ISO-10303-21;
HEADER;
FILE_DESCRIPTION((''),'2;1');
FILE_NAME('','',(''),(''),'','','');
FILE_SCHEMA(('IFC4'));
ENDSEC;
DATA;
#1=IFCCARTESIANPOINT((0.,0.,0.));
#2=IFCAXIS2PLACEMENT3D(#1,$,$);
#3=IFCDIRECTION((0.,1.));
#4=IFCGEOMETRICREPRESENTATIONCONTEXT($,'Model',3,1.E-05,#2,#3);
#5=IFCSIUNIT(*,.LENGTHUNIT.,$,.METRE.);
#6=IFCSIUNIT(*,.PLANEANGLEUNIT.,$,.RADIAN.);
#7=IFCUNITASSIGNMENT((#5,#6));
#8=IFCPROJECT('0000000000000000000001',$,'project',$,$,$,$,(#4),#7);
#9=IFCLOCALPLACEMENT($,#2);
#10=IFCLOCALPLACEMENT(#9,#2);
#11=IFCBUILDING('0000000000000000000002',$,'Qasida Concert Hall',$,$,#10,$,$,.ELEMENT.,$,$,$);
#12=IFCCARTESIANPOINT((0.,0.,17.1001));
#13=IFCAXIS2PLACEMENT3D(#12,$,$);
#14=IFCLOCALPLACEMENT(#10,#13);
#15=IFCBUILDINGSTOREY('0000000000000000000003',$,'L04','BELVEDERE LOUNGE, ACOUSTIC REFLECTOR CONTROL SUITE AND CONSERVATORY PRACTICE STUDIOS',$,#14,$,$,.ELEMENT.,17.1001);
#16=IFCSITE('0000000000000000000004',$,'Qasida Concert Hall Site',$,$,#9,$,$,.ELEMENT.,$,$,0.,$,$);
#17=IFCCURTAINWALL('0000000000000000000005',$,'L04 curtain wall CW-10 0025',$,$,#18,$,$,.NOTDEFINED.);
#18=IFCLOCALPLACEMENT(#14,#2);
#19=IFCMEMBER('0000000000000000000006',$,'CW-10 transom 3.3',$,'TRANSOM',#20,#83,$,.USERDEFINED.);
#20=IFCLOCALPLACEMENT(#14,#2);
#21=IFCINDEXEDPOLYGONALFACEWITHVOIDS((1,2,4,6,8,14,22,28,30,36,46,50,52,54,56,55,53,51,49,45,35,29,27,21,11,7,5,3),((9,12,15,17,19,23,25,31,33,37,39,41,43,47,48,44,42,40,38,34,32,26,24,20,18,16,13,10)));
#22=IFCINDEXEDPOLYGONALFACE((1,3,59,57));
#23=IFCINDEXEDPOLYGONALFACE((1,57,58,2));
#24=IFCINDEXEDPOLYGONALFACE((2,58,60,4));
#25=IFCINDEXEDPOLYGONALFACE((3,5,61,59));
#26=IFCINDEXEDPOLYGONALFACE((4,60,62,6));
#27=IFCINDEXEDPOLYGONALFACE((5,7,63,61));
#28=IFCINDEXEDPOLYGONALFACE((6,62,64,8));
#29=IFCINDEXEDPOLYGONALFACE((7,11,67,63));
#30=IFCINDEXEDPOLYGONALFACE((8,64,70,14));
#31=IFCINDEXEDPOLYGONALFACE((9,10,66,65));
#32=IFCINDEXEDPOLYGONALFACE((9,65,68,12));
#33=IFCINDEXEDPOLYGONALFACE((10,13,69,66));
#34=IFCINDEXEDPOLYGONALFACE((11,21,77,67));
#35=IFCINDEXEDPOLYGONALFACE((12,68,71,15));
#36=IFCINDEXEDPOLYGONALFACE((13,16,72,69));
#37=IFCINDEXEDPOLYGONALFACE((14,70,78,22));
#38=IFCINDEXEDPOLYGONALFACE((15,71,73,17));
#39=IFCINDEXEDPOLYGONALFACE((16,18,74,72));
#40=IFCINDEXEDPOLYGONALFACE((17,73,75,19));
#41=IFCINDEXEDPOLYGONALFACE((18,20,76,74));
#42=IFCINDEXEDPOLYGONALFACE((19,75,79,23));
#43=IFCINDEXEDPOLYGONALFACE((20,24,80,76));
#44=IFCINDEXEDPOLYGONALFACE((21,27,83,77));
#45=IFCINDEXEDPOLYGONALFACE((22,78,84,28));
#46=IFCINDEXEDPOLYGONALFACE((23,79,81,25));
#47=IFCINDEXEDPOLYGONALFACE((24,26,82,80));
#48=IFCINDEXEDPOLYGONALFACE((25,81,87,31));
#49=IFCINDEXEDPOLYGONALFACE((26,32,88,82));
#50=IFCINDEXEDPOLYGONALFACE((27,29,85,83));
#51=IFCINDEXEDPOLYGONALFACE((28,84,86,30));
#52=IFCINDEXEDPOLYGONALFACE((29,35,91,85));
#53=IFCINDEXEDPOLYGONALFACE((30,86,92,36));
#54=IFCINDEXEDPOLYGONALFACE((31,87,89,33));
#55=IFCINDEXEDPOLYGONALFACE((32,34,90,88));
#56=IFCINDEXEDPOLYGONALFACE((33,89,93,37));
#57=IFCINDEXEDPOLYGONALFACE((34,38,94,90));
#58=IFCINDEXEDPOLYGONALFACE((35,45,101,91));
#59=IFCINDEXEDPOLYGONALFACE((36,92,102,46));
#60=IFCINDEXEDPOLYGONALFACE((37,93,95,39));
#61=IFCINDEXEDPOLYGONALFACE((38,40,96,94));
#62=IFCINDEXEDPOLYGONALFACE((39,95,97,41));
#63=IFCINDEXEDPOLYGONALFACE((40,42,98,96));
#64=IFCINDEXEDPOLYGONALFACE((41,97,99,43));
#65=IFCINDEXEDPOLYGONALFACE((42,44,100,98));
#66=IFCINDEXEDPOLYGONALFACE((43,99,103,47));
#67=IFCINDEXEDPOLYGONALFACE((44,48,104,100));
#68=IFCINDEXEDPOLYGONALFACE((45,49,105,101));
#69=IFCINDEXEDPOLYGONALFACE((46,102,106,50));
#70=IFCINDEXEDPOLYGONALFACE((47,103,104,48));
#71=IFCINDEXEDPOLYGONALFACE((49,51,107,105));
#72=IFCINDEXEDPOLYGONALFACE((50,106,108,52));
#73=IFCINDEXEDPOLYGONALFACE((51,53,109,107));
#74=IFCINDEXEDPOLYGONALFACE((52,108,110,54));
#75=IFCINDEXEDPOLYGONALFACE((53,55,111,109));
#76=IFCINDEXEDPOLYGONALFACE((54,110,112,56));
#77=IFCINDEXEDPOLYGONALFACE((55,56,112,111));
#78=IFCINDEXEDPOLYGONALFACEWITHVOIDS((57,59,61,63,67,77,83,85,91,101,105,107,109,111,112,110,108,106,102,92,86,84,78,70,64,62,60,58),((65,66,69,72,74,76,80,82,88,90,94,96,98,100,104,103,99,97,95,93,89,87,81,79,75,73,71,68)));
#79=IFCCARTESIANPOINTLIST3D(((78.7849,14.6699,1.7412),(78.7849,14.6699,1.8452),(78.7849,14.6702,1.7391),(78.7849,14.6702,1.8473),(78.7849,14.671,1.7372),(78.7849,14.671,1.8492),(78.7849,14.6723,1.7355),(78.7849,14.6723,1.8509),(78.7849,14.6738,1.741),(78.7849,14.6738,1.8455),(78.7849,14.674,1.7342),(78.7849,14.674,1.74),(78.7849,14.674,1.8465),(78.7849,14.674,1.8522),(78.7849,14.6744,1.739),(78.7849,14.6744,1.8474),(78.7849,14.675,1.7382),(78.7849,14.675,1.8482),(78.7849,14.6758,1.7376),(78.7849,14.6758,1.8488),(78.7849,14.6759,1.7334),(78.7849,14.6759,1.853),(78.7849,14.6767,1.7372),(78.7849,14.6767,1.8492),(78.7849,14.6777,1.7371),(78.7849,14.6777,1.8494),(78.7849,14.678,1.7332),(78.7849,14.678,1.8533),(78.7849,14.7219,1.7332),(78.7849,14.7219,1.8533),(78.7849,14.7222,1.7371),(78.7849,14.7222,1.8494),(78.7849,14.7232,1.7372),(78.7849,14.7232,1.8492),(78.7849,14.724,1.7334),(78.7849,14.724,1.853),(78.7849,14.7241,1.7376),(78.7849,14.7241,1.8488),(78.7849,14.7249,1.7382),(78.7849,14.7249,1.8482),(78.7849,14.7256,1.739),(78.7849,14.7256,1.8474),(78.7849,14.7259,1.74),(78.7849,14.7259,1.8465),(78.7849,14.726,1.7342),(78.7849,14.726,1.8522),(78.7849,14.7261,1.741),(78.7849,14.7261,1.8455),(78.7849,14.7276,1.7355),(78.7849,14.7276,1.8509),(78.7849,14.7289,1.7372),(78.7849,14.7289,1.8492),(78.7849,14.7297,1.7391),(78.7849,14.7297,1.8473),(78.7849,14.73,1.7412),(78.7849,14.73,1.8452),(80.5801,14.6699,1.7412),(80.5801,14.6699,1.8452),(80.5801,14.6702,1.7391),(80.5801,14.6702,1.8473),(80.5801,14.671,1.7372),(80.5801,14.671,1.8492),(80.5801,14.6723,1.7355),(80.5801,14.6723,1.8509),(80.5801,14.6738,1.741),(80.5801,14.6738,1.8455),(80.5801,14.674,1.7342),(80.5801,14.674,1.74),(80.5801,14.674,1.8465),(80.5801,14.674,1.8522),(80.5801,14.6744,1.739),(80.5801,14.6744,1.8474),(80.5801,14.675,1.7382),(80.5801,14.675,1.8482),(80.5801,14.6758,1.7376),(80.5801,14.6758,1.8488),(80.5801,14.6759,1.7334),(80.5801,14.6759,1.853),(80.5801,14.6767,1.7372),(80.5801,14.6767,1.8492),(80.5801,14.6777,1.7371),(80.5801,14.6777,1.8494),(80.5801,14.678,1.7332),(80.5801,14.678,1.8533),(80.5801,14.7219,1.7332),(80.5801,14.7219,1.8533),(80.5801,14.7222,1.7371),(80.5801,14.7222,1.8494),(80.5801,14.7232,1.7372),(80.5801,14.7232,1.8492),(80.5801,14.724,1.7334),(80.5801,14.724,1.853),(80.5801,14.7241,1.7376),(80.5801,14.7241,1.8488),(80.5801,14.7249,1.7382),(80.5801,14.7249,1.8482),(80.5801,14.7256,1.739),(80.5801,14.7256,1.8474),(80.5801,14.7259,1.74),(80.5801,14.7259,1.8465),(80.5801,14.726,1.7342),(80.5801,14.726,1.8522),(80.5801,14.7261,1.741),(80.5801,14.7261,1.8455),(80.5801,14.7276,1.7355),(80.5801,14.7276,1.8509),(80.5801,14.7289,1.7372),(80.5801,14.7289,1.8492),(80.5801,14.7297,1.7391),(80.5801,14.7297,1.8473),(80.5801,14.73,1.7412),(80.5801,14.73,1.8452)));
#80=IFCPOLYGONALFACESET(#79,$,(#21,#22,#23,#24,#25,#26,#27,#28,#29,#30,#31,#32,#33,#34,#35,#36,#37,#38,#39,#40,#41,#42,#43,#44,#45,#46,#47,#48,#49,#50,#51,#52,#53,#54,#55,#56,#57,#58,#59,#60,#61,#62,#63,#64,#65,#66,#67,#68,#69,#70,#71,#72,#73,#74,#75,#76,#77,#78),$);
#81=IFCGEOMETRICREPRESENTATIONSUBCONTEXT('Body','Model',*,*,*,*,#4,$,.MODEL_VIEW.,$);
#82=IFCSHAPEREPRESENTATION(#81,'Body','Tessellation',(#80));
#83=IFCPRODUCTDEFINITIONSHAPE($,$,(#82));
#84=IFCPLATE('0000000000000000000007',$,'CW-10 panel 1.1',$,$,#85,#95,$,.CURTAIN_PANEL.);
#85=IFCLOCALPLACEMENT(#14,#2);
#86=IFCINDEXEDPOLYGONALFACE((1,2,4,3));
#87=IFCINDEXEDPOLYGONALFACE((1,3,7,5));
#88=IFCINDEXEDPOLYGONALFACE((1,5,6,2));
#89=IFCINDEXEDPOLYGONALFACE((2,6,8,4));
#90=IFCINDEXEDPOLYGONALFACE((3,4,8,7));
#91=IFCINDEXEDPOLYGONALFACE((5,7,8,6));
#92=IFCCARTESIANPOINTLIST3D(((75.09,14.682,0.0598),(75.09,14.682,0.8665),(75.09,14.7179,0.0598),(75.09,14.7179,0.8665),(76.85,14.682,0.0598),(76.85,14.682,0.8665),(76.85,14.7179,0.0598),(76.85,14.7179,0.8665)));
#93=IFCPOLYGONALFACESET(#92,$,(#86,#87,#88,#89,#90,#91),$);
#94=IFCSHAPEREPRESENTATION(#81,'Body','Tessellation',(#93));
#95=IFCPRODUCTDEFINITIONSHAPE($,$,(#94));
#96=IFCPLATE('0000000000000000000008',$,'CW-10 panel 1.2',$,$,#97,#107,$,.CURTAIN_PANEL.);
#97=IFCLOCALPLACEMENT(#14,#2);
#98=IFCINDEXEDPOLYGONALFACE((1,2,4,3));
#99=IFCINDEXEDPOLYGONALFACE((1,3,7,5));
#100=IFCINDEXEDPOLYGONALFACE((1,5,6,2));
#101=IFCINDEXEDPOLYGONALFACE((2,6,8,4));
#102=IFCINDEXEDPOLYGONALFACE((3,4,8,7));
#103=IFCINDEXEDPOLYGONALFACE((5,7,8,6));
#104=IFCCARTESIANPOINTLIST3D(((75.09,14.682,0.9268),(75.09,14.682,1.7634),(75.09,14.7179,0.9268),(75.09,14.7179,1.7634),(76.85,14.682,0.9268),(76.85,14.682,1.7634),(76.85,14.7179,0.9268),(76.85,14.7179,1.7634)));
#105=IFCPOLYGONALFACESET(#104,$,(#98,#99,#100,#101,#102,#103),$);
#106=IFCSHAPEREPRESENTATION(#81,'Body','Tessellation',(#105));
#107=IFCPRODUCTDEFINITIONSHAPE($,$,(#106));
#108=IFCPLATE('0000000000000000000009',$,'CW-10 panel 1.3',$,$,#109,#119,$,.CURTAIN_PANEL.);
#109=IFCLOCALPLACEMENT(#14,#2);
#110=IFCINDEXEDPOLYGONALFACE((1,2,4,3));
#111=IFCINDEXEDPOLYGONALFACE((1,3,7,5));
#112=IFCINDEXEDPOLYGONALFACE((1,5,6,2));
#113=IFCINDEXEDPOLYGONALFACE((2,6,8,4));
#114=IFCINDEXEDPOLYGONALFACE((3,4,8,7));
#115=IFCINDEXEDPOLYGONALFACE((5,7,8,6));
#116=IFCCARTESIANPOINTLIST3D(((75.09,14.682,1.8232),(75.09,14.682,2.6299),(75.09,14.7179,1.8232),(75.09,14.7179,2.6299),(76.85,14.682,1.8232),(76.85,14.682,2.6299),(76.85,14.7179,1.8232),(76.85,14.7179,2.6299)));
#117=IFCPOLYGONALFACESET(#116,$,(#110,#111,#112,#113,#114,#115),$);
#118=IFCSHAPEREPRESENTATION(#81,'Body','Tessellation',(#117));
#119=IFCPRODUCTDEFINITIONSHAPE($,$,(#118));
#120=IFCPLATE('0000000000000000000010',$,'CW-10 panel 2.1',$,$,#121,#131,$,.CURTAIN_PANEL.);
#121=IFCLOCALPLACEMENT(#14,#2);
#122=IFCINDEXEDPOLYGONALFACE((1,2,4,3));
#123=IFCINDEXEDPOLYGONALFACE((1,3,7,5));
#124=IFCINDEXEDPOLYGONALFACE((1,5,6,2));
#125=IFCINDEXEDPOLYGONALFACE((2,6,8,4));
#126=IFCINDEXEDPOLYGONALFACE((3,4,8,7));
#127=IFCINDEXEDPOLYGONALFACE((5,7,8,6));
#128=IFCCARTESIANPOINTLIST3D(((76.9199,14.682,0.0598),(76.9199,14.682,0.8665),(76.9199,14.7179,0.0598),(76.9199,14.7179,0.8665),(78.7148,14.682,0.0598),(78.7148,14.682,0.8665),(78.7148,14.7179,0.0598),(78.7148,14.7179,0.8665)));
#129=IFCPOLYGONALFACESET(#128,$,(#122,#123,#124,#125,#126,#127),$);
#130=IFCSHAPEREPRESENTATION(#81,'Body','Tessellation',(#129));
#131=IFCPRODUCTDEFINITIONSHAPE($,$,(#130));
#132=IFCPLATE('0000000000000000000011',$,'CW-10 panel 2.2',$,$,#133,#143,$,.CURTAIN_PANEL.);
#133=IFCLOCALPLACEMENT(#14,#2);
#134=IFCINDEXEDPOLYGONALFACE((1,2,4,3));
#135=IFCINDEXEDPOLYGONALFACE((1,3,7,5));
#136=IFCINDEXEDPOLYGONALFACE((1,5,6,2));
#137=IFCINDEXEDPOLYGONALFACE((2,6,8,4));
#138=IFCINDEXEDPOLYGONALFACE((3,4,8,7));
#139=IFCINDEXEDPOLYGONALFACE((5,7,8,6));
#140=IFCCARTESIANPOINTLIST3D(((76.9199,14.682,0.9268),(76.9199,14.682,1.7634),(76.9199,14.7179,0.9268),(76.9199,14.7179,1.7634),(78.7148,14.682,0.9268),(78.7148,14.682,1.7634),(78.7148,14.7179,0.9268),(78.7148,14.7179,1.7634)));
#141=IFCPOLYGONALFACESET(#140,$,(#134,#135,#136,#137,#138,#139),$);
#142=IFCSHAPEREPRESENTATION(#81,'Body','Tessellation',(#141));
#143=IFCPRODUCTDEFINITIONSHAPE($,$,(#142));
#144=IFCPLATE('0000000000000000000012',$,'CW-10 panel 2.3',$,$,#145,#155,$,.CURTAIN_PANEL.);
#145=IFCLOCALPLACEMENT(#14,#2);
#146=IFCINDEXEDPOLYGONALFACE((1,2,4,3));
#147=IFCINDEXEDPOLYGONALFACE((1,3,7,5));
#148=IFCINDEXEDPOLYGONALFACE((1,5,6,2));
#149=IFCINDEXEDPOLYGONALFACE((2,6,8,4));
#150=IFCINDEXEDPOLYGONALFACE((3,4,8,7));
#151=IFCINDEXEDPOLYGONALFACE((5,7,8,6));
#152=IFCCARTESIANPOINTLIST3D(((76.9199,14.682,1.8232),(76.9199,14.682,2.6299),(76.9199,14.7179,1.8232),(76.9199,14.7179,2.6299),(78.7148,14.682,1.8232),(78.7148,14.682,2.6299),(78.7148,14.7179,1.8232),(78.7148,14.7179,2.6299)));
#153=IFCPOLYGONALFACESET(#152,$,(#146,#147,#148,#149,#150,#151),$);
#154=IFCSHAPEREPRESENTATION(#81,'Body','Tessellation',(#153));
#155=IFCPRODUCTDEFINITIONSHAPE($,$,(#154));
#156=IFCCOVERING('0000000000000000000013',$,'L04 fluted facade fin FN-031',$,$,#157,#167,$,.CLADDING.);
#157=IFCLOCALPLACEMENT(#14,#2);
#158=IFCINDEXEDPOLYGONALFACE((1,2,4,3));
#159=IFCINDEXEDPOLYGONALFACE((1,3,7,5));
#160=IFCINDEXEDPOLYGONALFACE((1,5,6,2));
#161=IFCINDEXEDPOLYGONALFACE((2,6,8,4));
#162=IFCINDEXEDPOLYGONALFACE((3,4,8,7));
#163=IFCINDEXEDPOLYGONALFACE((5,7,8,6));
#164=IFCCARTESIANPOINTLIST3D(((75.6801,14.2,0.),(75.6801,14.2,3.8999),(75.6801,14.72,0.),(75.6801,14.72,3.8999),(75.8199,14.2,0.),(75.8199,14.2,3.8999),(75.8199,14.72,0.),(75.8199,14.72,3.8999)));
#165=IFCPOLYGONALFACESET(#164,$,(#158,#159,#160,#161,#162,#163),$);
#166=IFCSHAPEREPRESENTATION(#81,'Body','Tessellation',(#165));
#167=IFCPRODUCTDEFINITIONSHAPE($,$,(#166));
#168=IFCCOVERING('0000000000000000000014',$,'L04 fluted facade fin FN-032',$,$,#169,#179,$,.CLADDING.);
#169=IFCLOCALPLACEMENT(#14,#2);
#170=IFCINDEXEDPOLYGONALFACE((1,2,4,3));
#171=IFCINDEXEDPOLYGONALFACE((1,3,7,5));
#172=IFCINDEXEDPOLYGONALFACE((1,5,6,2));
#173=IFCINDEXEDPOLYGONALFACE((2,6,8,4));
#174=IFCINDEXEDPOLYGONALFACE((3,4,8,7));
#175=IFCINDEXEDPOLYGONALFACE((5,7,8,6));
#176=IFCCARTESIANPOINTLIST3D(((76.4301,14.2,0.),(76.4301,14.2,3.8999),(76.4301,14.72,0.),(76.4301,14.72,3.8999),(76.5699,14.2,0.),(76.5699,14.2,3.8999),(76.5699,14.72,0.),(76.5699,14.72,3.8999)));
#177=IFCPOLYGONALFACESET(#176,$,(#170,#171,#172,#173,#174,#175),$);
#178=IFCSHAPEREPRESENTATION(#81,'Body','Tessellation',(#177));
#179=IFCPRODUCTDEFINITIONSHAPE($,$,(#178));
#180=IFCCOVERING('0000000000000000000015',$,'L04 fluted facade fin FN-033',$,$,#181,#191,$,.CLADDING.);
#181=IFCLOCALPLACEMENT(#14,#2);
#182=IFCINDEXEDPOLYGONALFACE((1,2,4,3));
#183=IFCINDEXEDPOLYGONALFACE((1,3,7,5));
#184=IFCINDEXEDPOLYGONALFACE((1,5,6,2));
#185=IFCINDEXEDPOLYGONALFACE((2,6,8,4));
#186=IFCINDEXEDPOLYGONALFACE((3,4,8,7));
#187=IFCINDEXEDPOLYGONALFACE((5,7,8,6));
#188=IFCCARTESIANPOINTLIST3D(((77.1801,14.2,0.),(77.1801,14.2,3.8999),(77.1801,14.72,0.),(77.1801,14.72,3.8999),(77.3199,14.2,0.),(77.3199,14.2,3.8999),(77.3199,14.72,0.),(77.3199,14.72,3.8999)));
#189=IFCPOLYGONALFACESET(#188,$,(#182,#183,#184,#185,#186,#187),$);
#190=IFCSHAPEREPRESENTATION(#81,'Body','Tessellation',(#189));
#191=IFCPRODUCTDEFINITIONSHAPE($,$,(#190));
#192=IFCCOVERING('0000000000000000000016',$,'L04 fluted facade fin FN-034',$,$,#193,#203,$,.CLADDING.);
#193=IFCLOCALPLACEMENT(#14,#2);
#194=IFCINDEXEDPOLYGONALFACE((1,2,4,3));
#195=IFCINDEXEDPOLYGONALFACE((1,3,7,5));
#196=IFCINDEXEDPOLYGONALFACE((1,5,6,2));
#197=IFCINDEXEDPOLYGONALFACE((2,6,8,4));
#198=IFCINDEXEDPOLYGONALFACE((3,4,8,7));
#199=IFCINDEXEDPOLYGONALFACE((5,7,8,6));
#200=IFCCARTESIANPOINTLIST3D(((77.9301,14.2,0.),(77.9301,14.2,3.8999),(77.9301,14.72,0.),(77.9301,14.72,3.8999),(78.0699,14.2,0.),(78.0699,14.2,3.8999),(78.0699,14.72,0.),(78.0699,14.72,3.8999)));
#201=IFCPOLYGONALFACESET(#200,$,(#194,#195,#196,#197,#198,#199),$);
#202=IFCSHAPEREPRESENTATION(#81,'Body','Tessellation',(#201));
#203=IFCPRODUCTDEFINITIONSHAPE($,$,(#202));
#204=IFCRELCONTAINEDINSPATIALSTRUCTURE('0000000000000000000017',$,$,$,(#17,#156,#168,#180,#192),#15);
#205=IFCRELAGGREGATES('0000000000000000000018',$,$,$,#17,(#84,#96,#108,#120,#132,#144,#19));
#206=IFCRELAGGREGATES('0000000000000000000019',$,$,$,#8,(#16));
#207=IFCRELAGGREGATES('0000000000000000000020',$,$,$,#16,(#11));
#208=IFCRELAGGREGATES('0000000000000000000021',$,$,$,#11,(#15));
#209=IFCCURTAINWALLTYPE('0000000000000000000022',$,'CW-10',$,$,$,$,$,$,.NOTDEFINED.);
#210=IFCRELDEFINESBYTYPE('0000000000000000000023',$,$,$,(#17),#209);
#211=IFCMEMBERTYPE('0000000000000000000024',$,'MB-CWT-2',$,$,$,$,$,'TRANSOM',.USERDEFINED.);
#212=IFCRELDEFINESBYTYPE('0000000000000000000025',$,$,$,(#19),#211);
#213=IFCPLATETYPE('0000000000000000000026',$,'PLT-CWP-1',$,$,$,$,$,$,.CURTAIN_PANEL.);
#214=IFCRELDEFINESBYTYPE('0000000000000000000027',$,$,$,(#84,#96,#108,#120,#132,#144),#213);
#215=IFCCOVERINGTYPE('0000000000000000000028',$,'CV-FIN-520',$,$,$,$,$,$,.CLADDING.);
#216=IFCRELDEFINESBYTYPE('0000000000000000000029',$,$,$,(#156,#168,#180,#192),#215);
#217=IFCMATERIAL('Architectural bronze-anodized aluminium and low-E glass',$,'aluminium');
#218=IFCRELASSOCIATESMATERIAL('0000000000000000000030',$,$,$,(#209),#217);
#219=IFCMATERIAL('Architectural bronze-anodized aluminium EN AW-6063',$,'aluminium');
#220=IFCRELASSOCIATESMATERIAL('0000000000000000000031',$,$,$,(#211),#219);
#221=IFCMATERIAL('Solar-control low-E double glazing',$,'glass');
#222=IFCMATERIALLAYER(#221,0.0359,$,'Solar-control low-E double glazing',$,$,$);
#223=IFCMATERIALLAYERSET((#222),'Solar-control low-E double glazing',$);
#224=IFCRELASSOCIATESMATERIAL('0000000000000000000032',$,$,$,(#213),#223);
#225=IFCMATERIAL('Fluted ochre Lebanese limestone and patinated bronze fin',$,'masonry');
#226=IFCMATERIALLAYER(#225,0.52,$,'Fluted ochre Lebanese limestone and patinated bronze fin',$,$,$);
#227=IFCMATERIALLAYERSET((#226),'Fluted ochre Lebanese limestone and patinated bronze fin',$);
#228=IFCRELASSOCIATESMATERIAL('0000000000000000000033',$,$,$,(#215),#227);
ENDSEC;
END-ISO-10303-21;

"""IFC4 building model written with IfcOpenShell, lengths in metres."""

from ifc_helpers import new_model, si_unit, direction, frame, origin, origin_2d, place, context, subcontext, project, spatial, rectangle, hollow_rectangle, extrude, material, layer, layer_set, material_profile, profile_set, type_object, element, aggregate, save


model = new_model("IFC4")

# Units and contexts
model_context = context("Model", 3, precision=1e-05, world=origin(), true_north=direction((0.0, 1.0)))
body_context = subcontext(model_context, "Body", "Model", "MODEL_VIEW")
ifc_project = project(units=[si_unit("LENGTHUNIT", "METRE"), si_unit("PLANEANGLEUNIT", "RADIAN")], contexts=[model_context])

# Site, building, storey
site_placement = place(None, origin())
site = spatial("IfcSite", under=ifc_project, at=site_placement, Name="Qasida Concert Hall Site", CompositionType="ELEMENT", RefElevation=0.0)
building_placement = place(site_placement, origin())
building = spatial("IfcBuilding", under=site, at=building_placement, Name="Qasida Concert Hall", CompositionType="ELEMENT")
storey_placement = place(building_placement, frame((0.0, 0.0, 17.1001)))
storey = spatial("IfcBuildingStorey", under=building, at=storey_placement, Name="L04", Description="BELVEDERE LOUNGE, ACOUSTIC REFLECTOR CONTROL SUITE AND CONSERVATORY PRACTICE STUDIOS", CompositionType="ELEMENT", Elevation=17.1001)

# Curtain wall, member, plates
ifc_material_1 = material(Name="Architectural bronze-anodized aluminium and low-E glass", Category="aluminium")
curtain_wall_type = type_object("IfcCurtainWallType", Name="CW-10", PredefinedType="NOTDEFINED", material=ifc_material_1)
curtain_wall_placement = place(storey_placement, origin())
curtain_wall = element("IfcCurtainWall", 1, at=curtain_wall_placement, inside=storey, type_object=curtain_wall_type, Name="L04 curtain wall CW-10 0025", PredefinedType="NOTDEFINED")
ifc_material_2 = material(Name="Architectural bronze-anodized aluminium EN AW-6063", Category="aluminium")
ifc_material_profile_1 = material_profile(ifc_material_2, hollow_rectangle(XDim=0.0601, YDim=0.1201, WallThickness=0.0039, InnerFilletRadius=0.0039, OuterFilletRadius=0.0081, at=origin_2d()), Name="CWT 120x60x4")
ifc_profile_set_1 = profile_set([ifc_material_profile_1], Name="Architectural bronze-anodized aluminium EN AW-6063")
member_type_1 = type_object("IfcMemberType", Name="MB-CWT-2", ElementType="TRANSOM", PredefinedType="USERDEFINED", material=ifc_profile_set_1)
member_1_placement = place(storey_placement, frame((78.7849, 14.7, 1.7932), z_axis=(1.0, 0.0, 0.0), x_axis=(0.0, 1.0, 0.0)))
member_1 = element("IfcMember", 2, at=member_1_placement, type_object=member_type_1, Name="CW-10 transom 3.3", ObjectType="TRANSOM", PredefinedType="USERDEFINED", context=body_context, shape_type="SweptSolid", body=[
    extrude(hollow_rectangle(XDim=0.0601, YDim=0.1201, WallThickness=0.0039, InnerFilletRadius=0.0039, OuterFilletRadius=0.0081, at=origin_2d()), origin(), (0.0, 0.0, 1.0), 1.7952),
])
ifc_material_3 = material(Name="Solar-control low-E double glazing", Category="glass")
ifc_layer_1 = layer(ifc_material_3, 0.0359, Name="Solar-control low-E double glazing")
ifc_layer_set_1 = layer_set([ifc_layer_1], Name="Solar-control low-E double glazing")
plate_type = type_object("IfcPlateType", Name="PLT-CWP-1", PredefinedType="CURTAIN_PANEL", material=ifc_layer_set_1)
plate_1_placement = place(storey_placement, frame((75.97, 14.7, 0.0598), z_axis=(0.0, 0.0, 1.0), x_axis=(1.0, 0.0, 0.0)))
plate_1 = element("IfcPlate", 3, at=plate_1_placement, type_object=plate_type, Name="CW-10 panel 1.1", PredefinedType="CURTAIN_PANEL", context=body_context, shape_type="SweptSolid", body=[
    extrude(rectangle(XDim=1.76, YDim=0.0359, at=origin_2d()), origin(), (0.0, 0.0, 1.0), 0.8066),
])
plate_2_placement = place(storey_placement, frame((75.97, 14.7, 0.9268), z_axis=(0.0, 0.0, 1.0), x_axis=(1.0, 0.0, 0.0)))
plate_2 = element("IfcPlate", 4, at=plate_2_placement, type_object=plate_type, Name="CW-10 panel 1.2", PredefinedType="CURTAIN_PANEL", context=body_context, shape_type="SweptSolid", body=[
    extrude(rectangle(XDim=1.76, YDim=0.0359, at=origin_2d()), origin(), (0.0, 0.0, 1.0), 0.8367),
])
plate_3_placement = place(storey_placement, frame((75.97, 14.7, 1.8232), z_axis=(0.0, 0.0, 1.0), x_axis=(1.0, 0.0, 0.0)))
plate_3 = element("IfcPlate", 5, at=plate_3_placement, type_object=plate_type, Name="CW-10 panel 1.3", PredefinedType="CURTAIN_PANEL", context=body_context, shape_type="SweptSolid", body=[
    extrude(rectangle(XDim=1.76, YDim=0.0359, at=origin_2d()), origin(), (0.0, 0.0, 1.0), 0.8066),
])
plate_4_placement = place(storey_placement, frame((77.8174, 14.7, 0.0598), z_axis=(0.0, 0.0, 1.0), x_axis=(1.0, 0.0, 0.0)))
plate_4 = element("IfcPlate", 6, at=plate_4_placement, type_object=plate_type, Name="CW-10 panel 2.1", PredefinedType="CURTAIN_PANEL", context=body_context, shape_type="SweptSolid", body=[
    extrude(rectangle(XDim=1.7949, YDim=0.0359, at=origin_2d()), origin(), (0.0, 0.0, 1.0), 0.8066),
])
plate_5_placement = place(storey_placement, frame((77.8174, 14.7, 0.9268), z_axis=(0.0, 0.0, 1.0), x_axis=(1.0, 0.0, 0.0)))
plate_5 = element("IfcPlate", 7, at=plate_5_placement, type_object=plate_type, Name="CW-10 panel 2.2", PredefinedType="CURTAIN_PANEL", context=body_context, shape_type="SweptSolid", body=[
    extrude(rectangle(XDim=1.7949, YDim=0.0359, at=origin_2d()), origin(), (0.0, 0.0, 1.0), 0.8367),
])
plate_6_placement = place(storey_placement, frame((77.8174, 14.7, 1.8232), z_axis=(0.0, 0.0, 1.0), x_axis=(1.0, 0.0, 0.0)))
plate_6 = element("IfcPlate", 8, at=plate_6_placement, type_object=plate_type, Name="CW-10 panel 2.3", PredefinedType="CURTAIN_PANEL", context=body_context, shape_type="SweptSolid", body=[
    extrude(rectangle(XDim=1.7949, YDim=0.0359, at=origin_2d()), origin(), (0.0, 0.0, 1.0), 0.8066),
])
aggregate(curtain_wall, [plate_1, plate_2, plate_3, plate_4, plate_5, plate_6, member_1])

# Coverings
ifc_material_4 = material(Name="Fluted ochre Lebanese limestone and patinated bronze fin", Category="masonry")
ifc_layer_2 = layer(ifc_material_4, 0.52, Name="Fluted ochre Lebanese limestone and patinated bronze fin")
ifc_layer_set_2 = layer_set([ifc_layer_2], Name="Fluted ochre Lebanese limestone and patinated bronze fin")
covering_type = type_object("IfcCoveringType", Name="CV-FIN-520", PredefinedType="CLADDING", material=ifc_layer_set_2)
for number, where, z_axis, x_axis, name in (
    (9, (75.75, 14.46, 0.0), (0.0, 0.0, 1.0), (1.0, 0.0, 0.0), "L04 fluted facade fin FN-031"),
    (10, (76.5, 14.46, 0.0), (0.0, 0.0, 1.0), (1.0, 0.0, 0.0), "L04 fluted facade fin FN-032"),
    (11, (77.25, 14.46, 0.0), (0.0, 0.0, 1.0), (1.0, 0.0, 0.0), "L04 fluted facade fin FN-033"),
    (12, (78.0, 14.46, 0.0), (0.0, 0.0, 1.0), (1.0, 0.0, 0.0), "L04 fluted facade fin FN-034"),
):
    element("IfcCovering", number, at=place(storey_placement, frame(where, z_axis=z_axis, x_axis=x_axis)), inside=storey, type_object=covering_type, Name=name, PredefinedType="CLADDING", context=body_context, shape_type="SweptSolid", body=[
        extrude(rectangle(XDim=0.1399, YDim=0.52, at=origin_2d()), origin(), (0.0, 0.0, 1.0), 3.8999),
    ])

save(model, "model.ifc")
